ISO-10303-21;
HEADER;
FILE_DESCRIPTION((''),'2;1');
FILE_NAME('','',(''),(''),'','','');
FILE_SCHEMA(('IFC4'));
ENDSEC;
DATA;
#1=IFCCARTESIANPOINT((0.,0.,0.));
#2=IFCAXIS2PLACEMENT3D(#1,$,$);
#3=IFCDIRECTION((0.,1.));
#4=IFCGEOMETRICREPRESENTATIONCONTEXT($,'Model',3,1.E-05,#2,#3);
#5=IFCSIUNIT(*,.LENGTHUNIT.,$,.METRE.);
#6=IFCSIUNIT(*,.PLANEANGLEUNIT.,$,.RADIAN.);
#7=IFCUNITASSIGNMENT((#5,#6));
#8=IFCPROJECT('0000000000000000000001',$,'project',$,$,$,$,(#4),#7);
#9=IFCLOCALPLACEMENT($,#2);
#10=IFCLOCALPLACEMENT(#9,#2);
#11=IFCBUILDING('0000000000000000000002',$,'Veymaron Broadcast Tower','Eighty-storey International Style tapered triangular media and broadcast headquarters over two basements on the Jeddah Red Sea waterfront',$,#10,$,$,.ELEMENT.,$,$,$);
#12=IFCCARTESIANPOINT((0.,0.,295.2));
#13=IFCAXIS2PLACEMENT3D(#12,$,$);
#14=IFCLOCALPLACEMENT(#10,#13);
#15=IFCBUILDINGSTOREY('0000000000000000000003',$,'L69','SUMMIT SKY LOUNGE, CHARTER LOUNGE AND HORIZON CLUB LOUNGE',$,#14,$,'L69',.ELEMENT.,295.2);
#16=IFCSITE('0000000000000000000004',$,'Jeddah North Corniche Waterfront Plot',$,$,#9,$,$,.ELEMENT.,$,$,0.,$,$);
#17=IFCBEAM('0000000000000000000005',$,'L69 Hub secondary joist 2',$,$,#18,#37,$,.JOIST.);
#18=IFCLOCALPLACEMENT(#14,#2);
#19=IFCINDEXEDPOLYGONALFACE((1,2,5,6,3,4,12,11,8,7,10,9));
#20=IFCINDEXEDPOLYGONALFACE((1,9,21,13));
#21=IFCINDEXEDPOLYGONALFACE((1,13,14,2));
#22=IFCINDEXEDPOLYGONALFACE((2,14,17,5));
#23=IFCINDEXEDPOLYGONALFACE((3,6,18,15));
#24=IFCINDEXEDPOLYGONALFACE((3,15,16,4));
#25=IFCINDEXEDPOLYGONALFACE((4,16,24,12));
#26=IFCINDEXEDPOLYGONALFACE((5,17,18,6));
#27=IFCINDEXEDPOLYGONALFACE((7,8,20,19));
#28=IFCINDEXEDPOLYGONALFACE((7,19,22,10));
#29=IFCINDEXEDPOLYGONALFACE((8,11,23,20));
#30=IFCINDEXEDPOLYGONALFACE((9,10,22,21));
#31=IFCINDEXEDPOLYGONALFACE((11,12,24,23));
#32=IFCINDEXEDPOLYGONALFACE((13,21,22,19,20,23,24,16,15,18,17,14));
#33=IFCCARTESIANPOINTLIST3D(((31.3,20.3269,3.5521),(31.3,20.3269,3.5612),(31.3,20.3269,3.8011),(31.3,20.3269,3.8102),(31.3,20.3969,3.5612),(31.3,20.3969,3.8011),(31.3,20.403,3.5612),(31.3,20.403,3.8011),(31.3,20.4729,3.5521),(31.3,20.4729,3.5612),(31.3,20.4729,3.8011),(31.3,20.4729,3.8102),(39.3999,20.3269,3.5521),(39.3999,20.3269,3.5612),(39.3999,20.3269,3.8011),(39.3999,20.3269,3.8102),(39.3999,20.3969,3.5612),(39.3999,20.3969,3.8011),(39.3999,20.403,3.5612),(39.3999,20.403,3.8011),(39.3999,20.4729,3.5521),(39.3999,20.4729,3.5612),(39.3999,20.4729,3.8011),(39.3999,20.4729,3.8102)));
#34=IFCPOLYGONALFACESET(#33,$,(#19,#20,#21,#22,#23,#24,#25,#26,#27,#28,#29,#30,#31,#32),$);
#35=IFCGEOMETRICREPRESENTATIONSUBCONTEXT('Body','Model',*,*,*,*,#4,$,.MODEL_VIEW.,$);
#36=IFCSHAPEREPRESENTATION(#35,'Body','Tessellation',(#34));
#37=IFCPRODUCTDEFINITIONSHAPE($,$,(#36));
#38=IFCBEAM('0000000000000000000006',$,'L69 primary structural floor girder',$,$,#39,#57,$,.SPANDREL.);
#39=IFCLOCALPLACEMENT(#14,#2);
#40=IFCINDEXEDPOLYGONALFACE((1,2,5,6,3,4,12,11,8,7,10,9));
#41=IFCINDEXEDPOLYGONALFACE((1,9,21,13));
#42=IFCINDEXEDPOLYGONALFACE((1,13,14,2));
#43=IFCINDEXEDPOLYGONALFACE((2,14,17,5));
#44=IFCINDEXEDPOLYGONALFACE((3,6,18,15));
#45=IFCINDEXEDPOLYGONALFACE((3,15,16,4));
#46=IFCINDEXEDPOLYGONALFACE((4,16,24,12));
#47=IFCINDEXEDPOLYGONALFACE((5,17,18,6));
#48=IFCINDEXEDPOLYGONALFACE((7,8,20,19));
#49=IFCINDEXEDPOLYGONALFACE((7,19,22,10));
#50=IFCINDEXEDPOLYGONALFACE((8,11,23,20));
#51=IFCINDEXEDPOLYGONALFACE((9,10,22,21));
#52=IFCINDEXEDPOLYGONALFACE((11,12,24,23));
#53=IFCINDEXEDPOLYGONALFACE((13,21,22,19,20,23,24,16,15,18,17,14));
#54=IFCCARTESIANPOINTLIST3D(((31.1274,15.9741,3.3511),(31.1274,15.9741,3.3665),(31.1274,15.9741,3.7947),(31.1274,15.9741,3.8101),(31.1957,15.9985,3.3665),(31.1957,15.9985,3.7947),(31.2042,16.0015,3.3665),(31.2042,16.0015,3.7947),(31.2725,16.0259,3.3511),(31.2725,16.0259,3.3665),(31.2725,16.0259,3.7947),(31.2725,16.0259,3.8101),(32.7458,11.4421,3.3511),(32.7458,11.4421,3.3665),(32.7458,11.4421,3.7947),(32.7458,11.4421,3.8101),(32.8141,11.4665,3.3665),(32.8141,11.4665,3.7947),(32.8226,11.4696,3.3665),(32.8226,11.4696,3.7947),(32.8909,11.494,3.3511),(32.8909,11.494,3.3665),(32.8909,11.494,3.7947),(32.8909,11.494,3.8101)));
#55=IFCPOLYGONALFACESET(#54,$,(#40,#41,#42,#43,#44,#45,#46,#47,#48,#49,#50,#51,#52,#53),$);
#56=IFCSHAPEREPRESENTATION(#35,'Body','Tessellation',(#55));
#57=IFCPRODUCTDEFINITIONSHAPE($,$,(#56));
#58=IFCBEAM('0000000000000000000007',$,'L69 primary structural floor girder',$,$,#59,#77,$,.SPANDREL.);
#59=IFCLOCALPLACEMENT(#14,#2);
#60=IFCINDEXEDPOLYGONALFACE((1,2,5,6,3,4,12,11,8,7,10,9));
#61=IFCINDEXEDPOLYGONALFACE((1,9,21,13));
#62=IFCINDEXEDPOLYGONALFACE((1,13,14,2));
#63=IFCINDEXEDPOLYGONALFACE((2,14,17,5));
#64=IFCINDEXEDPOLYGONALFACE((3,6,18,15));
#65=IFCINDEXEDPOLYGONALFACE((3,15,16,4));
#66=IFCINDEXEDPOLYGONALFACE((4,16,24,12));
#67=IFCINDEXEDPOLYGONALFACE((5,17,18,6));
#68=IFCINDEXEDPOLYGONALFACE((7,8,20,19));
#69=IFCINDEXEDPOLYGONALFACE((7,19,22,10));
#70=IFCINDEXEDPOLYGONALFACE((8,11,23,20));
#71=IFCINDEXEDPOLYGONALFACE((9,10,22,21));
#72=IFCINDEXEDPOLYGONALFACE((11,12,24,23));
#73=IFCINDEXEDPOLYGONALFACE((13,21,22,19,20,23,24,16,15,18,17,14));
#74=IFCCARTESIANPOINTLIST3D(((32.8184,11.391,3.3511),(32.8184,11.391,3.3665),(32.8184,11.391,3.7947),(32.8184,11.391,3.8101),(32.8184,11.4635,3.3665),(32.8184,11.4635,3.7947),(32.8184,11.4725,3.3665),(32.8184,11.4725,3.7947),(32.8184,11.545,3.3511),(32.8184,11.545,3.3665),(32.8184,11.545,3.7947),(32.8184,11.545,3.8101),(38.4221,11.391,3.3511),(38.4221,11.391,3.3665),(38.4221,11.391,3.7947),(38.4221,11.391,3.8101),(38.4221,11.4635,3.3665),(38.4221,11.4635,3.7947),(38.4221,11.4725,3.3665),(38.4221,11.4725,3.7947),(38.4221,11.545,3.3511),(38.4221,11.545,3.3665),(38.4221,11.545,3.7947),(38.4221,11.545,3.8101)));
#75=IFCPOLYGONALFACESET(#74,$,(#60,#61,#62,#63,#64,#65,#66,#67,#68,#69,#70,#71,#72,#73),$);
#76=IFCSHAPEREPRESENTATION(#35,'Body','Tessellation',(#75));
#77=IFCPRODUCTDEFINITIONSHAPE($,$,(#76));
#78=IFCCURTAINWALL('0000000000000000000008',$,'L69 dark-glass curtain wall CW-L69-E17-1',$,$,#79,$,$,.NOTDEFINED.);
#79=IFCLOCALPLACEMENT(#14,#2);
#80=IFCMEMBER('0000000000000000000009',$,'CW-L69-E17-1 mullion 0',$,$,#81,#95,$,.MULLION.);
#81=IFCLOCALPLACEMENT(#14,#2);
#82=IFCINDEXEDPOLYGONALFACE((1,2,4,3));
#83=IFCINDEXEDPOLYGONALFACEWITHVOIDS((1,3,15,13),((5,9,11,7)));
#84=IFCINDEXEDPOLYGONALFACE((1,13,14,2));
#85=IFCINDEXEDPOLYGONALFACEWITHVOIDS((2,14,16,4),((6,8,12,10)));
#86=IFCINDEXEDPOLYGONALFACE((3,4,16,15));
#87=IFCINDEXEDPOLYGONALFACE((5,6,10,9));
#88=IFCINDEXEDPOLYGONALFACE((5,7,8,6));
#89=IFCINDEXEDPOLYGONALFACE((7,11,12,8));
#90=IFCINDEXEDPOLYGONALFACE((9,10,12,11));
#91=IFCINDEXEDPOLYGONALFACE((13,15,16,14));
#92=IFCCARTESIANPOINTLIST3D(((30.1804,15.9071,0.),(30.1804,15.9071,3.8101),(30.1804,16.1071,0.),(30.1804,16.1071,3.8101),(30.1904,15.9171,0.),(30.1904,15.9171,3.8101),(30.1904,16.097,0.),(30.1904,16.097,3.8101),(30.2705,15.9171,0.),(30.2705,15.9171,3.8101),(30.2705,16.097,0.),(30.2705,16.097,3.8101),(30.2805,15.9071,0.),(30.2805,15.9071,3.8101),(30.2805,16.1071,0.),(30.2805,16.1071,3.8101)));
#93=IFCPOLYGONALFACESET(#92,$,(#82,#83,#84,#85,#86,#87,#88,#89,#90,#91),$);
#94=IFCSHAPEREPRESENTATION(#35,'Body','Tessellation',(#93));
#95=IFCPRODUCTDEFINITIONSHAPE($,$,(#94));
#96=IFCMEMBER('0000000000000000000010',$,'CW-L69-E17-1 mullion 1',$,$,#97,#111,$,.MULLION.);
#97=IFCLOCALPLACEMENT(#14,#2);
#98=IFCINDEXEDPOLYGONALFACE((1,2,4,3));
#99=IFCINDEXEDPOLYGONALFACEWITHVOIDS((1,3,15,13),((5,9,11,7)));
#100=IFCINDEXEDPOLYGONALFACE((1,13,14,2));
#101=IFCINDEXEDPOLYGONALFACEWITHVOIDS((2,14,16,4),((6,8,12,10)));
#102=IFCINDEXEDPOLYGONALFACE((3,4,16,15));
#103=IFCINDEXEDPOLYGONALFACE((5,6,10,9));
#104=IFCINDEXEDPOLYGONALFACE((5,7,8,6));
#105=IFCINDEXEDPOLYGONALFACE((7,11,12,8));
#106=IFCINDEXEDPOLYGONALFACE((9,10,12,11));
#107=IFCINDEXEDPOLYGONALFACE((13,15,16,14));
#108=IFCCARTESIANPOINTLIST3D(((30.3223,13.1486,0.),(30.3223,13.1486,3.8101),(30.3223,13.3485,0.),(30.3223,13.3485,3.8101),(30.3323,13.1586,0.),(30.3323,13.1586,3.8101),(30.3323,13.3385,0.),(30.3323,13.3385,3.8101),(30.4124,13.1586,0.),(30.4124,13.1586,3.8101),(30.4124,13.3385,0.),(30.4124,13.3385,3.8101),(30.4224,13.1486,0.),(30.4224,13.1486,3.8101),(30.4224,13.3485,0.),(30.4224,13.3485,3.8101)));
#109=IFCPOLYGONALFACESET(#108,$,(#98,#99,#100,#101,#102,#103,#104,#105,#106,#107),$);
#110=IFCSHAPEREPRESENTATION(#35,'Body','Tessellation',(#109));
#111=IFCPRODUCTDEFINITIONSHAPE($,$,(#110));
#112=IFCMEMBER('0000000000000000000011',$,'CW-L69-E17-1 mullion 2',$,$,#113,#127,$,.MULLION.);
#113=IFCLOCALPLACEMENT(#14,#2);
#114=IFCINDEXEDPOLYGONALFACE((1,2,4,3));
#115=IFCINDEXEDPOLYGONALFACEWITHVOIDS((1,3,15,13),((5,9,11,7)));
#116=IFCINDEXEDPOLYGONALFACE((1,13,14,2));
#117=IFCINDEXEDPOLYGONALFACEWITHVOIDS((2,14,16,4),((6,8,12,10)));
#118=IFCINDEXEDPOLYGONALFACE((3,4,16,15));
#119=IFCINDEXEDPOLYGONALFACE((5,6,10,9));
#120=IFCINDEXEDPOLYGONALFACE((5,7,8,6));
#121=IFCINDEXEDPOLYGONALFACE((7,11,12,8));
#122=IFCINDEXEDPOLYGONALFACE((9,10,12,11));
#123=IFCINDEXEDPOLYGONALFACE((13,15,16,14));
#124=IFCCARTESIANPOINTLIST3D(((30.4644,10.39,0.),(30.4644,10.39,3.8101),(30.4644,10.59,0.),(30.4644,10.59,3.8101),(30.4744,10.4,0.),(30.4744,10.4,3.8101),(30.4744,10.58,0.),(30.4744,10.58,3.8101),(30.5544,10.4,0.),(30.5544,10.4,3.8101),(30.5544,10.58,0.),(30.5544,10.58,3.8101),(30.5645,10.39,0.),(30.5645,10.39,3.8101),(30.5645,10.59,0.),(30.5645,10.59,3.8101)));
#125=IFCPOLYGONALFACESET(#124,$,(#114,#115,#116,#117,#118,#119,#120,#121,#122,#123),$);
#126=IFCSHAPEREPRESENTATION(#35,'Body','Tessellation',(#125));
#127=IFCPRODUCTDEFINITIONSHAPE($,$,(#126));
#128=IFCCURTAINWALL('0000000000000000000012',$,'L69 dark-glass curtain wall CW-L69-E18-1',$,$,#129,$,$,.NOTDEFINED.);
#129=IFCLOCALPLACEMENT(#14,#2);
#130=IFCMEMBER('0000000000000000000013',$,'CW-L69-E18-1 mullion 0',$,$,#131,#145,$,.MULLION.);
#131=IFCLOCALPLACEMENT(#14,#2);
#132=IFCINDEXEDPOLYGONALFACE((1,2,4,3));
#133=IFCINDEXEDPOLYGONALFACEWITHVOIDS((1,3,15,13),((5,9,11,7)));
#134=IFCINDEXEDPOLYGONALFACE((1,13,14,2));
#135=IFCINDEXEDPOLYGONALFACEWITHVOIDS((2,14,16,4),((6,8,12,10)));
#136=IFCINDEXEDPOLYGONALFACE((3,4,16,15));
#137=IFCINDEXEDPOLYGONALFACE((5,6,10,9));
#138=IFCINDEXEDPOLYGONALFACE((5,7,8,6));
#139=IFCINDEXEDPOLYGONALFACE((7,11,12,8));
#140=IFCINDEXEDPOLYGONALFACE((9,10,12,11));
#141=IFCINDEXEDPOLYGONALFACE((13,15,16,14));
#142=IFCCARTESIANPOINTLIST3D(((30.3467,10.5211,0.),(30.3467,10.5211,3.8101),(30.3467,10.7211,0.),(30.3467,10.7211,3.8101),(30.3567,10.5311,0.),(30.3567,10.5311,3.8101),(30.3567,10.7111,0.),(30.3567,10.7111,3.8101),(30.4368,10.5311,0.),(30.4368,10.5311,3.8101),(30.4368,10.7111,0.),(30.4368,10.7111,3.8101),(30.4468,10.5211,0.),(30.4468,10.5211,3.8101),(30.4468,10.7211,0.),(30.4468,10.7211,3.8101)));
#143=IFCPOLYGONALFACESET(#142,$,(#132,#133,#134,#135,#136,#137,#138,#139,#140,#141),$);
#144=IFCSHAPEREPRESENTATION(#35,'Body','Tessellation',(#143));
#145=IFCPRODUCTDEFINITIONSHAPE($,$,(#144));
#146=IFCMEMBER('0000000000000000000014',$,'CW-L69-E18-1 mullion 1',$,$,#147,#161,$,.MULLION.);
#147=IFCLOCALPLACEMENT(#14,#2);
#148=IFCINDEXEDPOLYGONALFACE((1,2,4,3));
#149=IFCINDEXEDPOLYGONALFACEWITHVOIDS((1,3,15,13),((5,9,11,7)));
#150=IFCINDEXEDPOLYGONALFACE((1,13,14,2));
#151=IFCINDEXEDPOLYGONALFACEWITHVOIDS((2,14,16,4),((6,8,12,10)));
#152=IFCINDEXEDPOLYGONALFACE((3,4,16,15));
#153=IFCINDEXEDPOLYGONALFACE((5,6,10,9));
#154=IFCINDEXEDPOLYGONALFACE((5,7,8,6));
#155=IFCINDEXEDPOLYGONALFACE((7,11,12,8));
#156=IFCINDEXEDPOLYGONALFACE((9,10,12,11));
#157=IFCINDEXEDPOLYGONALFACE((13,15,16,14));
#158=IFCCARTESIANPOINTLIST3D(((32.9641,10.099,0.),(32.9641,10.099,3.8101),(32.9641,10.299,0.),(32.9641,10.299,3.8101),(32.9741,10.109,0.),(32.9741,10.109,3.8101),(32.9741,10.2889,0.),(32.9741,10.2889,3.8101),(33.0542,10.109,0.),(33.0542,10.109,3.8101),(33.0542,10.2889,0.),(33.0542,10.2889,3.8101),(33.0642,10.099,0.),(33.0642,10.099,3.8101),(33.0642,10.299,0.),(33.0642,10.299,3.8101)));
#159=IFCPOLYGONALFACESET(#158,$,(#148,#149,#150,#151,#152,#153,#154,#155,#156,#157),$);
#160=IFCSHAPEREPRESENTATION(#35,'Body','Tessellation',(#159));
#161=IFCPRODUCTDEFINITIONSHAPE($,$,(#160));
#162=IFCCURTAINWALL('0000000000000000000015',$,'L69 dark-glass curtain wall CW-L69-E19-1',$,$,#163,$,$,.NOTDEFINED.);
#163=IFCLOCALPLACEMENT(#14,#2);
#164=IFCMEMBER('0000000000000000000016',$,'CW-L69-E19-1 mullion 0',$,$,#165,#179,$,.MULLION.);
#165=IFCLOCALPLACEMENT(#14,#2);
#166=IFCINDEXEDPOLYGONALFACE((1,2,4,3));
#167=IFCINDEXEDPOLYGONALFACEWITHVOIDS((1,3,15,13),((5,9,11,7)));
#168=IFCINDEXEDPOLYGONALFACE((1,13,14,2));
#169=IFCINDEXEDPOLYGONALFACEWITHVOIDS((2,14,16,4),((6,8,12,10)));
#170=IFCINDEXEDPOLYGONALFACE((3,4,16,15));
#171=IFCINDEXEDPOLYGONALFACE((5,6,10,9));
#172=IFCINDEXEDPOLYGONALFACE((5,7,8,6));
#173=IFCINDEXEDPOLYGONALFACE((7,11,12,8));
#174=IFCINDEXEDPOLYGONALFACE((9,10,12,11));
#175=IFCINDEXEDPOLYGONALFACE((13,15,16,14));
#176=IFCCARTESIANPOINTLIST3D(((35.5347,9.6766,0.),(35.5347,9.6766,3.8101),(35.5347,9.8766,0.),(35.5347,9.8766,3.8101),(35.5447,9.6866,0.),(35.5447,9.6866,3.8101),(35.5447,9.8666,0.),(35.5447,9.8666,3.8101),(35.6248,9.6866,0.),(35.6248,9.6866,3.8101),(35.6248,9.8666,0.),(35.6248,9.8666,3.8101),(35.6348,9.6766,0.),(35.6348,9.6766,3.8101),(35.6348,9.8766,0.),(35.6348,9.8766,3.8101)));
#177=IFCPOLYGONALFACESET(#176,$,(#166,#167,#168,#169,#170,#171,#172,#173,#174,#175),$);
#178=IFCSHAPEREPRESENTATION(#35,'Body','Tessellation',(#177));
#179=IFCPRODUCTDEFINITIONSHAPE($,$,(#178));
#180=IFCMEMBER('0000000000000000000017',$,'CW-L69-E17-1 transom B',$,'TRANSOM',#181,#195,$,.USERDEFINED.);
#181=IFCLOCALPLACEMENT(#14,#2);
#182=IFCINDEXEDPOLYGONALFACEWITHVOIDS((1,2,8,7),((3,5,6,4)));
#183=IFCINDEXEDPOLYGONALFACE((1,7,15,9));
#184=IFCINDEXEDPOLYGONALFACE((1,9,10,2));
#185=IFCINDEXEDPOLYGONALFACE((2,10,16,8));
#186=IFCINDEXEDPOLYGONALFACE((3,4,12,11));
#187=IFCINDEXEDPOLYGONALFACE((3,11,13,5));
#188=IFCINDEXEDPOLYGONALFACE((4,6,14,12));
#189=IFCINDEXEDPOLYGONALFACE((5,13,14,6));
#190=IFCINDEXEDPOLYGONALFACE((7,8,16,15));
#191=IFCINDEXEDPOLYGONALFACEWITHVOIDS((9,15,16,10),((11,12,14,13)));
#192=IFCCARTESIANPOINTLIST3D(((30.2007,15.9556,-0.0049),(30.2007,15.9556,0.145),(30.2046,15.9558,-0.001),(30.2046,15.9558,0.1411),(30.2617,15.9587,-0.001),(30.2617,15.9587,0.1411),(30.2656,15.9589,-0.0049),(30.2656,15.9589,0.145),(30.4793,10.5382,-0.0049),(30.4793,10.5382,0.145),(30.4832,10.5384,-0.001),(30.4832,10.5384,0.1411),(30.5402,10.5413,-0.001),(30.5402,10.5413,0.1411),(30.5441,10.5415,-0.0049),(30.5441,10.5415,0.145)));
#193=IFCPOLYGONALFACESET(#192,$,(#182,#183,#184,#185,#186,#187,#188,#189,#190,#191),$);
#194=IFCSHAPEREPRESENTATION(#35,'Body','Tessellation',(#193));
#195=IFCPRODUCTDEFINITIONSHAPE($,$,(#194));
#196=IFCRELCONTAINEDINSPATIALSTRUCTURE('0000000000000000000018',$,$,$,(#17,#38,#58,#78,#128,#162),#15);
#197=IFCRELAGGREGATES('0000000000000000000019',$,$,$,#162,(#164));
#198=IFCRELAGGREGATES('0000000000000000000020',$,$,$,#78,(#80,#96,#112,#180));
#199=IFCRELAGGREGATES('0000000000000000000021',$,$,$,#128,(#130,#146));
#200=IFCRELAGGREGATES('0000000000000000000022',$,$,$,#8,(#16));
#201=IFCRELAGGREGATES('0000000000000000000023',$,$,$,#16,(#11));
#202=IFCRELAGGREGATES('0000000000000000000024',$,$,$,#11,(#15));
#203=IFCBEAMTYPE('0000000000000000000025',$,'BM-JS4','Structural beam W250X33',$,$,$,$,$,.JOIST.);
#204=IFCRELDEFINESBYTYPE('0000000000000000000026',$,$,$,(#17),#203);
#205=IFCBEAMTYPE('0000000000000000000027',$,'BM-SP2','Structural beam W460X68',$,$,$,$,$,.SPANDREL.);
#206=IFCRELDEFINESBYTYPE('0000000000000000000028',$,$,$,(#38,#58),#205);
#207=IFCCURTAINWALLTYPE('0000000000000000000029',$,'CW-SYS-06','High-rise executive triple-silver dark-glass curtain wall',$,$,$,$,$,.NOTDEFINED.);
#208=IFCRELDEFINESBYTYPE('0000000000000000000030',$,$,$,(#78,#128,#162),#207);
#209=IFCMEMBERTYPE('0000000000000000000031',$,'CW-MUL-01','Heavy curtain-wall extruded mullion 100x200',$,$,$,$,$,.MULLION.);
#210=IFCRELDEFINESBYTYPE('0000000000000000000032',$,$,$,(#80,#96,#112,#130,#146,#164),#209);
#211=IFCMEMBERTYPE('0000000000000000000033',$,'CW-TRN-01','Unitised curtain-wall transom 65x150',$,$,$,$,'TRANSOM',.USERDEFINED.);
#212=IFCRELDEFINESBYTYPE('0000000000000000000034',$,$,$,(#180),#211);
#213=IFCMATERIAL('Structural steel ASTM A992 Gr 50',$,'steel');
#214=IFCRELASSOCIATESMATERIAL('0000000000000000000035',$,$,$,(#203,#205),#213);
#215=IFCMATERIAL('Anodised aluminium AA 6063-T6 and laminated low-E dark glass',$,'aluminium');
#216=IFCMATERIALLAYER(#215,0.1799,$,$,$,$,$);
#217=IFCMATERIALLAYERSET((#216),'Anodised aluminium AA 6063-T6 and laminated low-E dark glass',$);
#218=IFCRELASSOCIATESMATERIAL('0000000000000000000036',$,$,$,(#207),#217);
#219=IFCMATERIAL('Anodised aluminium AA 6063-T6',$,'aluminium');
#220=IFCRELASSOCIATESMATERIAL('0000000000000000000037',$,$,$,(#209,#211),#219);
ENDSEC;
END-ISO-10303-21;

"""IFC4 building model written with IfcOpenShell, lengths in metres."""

from ifc_helpers import new_model, si_unit, direction, frame, origin, origin_2d, place, context, subcontext, project, spatial, hollow_rectangle, i_section, extrude, material, layer, layer_set, material_profile, profile_set, type_object, element, aggregate, save


model = new_model("IFC4")

# Units and contexts
model_context = context("Model", 3, precision=1e-05, world=origin(), true_north=direction((0.0, 1.0)))
body_context = subcontext(model_context, "Body", "Model", "MODEL_VIEW")
ifc_project = project(units=[si_unit("LENGTHUNIT", "METRE"), si_unit("PLANEANGLEUNIT", "RADIAN")], contexts=[model_context])

# Site, building, storey
site_placement = place(None, origin())
site = spatial("IfcSite", under=ifc_project, at=site_placement, Name="Jeddah North Corniche Waterfront Plot", CompositionType="ELEMENT", RefElevation=0.0)
building_placement = place(site_placement, origin())
building = spatial("IfcBuilding", under=site, at=building_placement, Name="Veymaron Broadcast Tower", Description="Eighty-storey International Style tapered triangular media and broadcast headquarters over two basements on the Jeddah Red Sea waterfront", CompositionType="ELEMENT")
storey_placement = place(building_placement, frame((0.0, 0.0, 295.2)))
storey = spatial("IfcBuildingStorey", under=building, at=storey_placement, Name="L69", Description="SUMMIT SKY LOUNGE, CHARTER LOUNGE AND HORIZON CLUB LOUNGE", LongName="L69", CompositionType="ELEMENT", Elevation=295.2)

# Shared definitions
ifc_material_1 = material(Name="Structural steel ASTM A992 Gr 50", Category="steel")

# Beams
ifc_material_profile_1 = material_profile(ifc_material_1, i_section(OverallWidth=0.146, OverallDepth=0.2581, WebThickness=0.0061, FlangeThickness=0.009, at=origin_2d()), Name="W250X33")
ifc_profile_set_1 = profile_set([ifc_material_profile_1], Name="Structural steel ASTM A992 Gr 50")
beam_type_1 = type_object("IfcBeamType", Name="BM-JS4", Description="Structural beam W250X33", PredefinedType="JOIST", material=ifc_profile_set_1)
for number, where, z_axis, x_axis, name in (
    (1, (31.3, 20.3999, 3.6812), (1.0, 0.0, 0.0), (0.0, 1.0, 0.0), "L69 Hub secondary joist 2"),
):
    element("IfcBeam", number, at=place(storey_placement, frame(where, z_axis=z_axis, x_axis=x_axis)), inside=storey, type_object=beam_type_1, Name=name, PredefinedType="JOIST", context=body_context, shape_type="SweptSolid", body=[
        extrude(i_section(OverallWidth=0.146, OverallDepth=0.2581, WebThickness=0.0061, FlangeThickness=0.009, at=origin_2d()), origin(), (0.0, 0.0, 1.0), 8.0999),
    ])
ifc_material_profile_2 = material_profile(ifc_material_1, i_section(OverallWidth=0.1541, OverallDepth=0.459, WebThickness=0.009, FlangeThickness=0.0154, at=origin_2d()), Name="W460X68")
ifc_profile_set_2 = profile_set([ifc_material_profile_2], Name="Structural steel ASTM A992 Gr 50")
beam_type_2 = type_object("IfcBeamType", Name="BM-SP2", Description="Structural beam W460X68", PredefinedType="SPANDREL", material=ifc_profile_set_2)
beam_1_placement = place(storey_placement, frame((31.2, 16.0, 3.5806), z_axis=(0.336307, -0.941752, 0.0), x_axis=(0.941752, 0.336307, 0.0)))
element("IfcBeam", 2, at=beam_1_placement, inside=storey, type_object=beam_type_2, Name="L69 primary structural floor girder", PredefinedType="SPANDREL", context=body_context, shape_type="SweptSolid", body=[
    extrude(i_section(OverallWidth=0.1541, OverallDepth=0.459, WebThickness=0.009, FlangeThickness=0.0154, at=origin_2d()), origin(), (0.0, 0.0, 1.0), 4.8123),
])
beam_2_placement = place(storey_placement, frame((32.8184, 11.468, 3.5806), z_axis=(1.0, 0.0, 0.0), x_axis=(0.0, 1.0, 0.0)))
element("IfcBeam", 3, at=beam_2_placement, inside=storey, type_object=beam_type_2, Name="L69 primary structural floor girder", PredefinedType="SPANDREL", context=body_context, shape_type="SweptSolid", body=[
    extrude(i_section(OverallWidth=0.1541, OverallDepth=0.459, WebThickness=0.009, FlangeThickness=0.0154, at=origin_2d()), origin(), (0.0, 0.0, 1.0), 5.6038),
])

# Curtain walls, members
ifc_material_2 = material(Name="Anodised aluminium AA 6063-T6 and laminated low-E dark glass", Category="aluminium")
ifc_layer_1 = layer(ifc_material_2, 0.1799)
ifc_layer_set_1 = layer_set([ifc_layer_1], Name="Anodised aluminium AA 6063-T6 and laminated low-E dark glass")
curtain_wall_type = type_object("IfcCurtainWallType", Name="CW-SYS-06", Description="High-rise executive triple-silver dark-glass curtain wall", PredefinedType="NOTDEFINED", material=ifc_layer_set_1)
curtain_wall_1_placement = place(storey_placement, origin())
curtain_wall_1 = element("IfcCurtainWall", 4, at=curtain_wall_1_placement, inside=storey, type_object=curtain_wall_type, Name="L69 dark-glass curtain wall CW-L69-E17-1", PredefinedType="NOTDEFINED")
ifc_material_3 = material(Name="Anodised aluminium AA 6063-T6", Category="aluminium")
ifc_material_profile_3 = material_profile(ifc_material_3, hollow_rectangle(XDim=0.1001, YDim=0.2, WallThickness=0.01, at=origin_2d()), Name="RHS200X100X10")
ifc_profile_set_3 = profile_set([ifc_material_profile_3], Name="Anodised aluminium AA 6063-T6")
member_type_1 = type_object("IfcMemberType", Name="CW-MUL-01", Description="Heavy curtain-wall extruded mullion 100x200", PredefinedType="MULLION", material=ifc_profile_set_3)
member_1_placement = place(storey_placement, frame((30.2305, 16.0071, 0.0), z_axis=(0.0, 0.0, 1.0), x_axis=(1.0, 0.0, 0.0)))
member_1 = element("IfcMember", 5, at=member_1_placement, type_object=member_type_1, Name="CW-L69-E17-1 mullion 0", PredefinedType="MULLION", context=body_context, shape_type="SweptSolid", body=[
    extrude(hollow_rectangle(XDim=0.1001, YDim=0.2, WallThickness=0.01, at=origin_2d()), origin(), (0.0, 0.0, 1.0), 3.8101),
])
member_2_placement = place(storey_placement, frame((30.3723, 13.2485, 0.0), z_axis=(0.0, 0.0, 1.0), x_axis=(1.0, 0.0, 0.0)))
member_2 = element("IfcMember", 6, at=member_2_placement, type_object=member_type_1, Name="CW-L69-E17-1 mullion 1", PredefinedType="MULLION", context=body_context, shape_type="SweptSolid", body=[
    extrude(hollow_rectangle(XDim=0.1001, YDim=0.2, WallThickness=0.01, at=origin_2d()), origin(), (0.0, 0.0, 1.0), 3.8101),
])
member_3_placement = place(storey_placement, frame((30.5144, 10.49, 0.0), z_axis=(0.0, 0.0, 1.0), x_axis=(1.0, 0.0, 0.0)))
member_3 = element("IfcMember", 7, at=member_3_placement, type_object=member_type_1, Name="CW-L69-E17-1 mullion 2", PredefinedType="MULLION", context=body_context, shape_type="SweptSolid", body=[
    extrude(hollow_rectangle(XDim=0.1001, YDim=0.2, WallThickness=0.01, at=origin_2d()), origin(), (0.0, 0.0, 1.0), 3.8101),
])
curtain_wall_2_placement = place(storey_placement, origin())
curtain_wall_2 = element("IfcCurtainWall", 8, at=curtain_wall_2_placement, inside=storey, type_object=curtain_wall_type, Name="L69 dark-glass curtain wall CW-L69-E18-1", PredefinedType="NOTDEFINED")
member_4_placement = place(storey_placement, frame((30.3967, 10.6211, 0.0), z_axis=(0.0, 0.0, 1.0), x_axis=(1.0, 0.0, 0.0)))
member_4 = element("IfcMember", 9, at=member_4_placement, type_object=member_type_1, Name="CW-L69-E18-1 mullion 0", PredefinedType="MULLION", context=body_context, shape_type="SweptSolid", body=[
    extrude(hollow_rectangle(XDim=0.1001, YDim=0.2, WallThickness=0.01, at=origin_2d()), origin(), (0.0, 0.0, 1.0), 3.8101),
])
member_5_placement = place(storey_placement, frame((33.0142, 10.199, 0.0), z_axis=(0.0, 0.0, 1.0), x_axis=(1.0, 0.0, 0.0)))
member_5 = element("IfcMember", 10, at=member_5_placement, type_object=member_type_1, Name="CW-L69-E18-1 mullion 1", PredefinedType="MULLION", context=body_context, shape_type="SweptSolid", body=[
    extrude(hollow_rectangle(XDim=0.1001, YDim=0.2, WallThickness=0.01, at=origin_2d()), origin(), (0.0, 0.0, 1.0), 3.8101),
])

# Curtain wall, member
curtain_wall_3_placement = place(storey_placement, origin())
curtain_wall_3 = element("IfcCurtainWall", 11, at=curtain_wall_3_placement, inside=storey, type_object=curtain_wall_type, Name="L69 dark-glass curtain wall CW-L69-E19-1", PredefinedType="NOTDEFINED")
member_6_placement = place(storey_placement, frame((35.5847, 9.7766, 0.0), z_axis=(0.0, 0.0, 1.0), x_axis=(1.0, 0.0, 0.0)))
member_6 = element("IfcMember", 12, at=member_6_placement, type_object=member_type_1, Name="CW-L69-E19-1 mullion 0", PredefinedType="MULLION", context=body_context, shape_type="SweptSolid", body=[
    extrude(hollow_rectangle(XDim=0.1001, YDim=0.2, WallThickness=0.01, at=origin_2d()), origin(), (0.0, 0.0, 1.0), 3.8101),
])
aggregate(curtain_wall_3, [member_6])

# Member
ifc_material_profile_4 = material_profile(ifc_material_3, hollow_rectangle(XDim=0.0649, YDim=0.1499, WallThickness=0.0039, at=origin_2d()), Name="AL150X65X4")
ifc_profile_set_4 = profile_set([ifc_material_profile_4], Name="Anodised aluminium AA 6063-T6")
member_type_2 = type_object("IfcMemberType", Name="CW-TRN-01", Description="Unitised curtain-wall transom 65x150", ElementType="TRANSOM", PredefinedType="USERDEFINED", material=ifc_profile_set_4)
member_7_placement = place(storey_placement, frame((30.2332, 15.9573, 0.0701), z_axis=(0.051352, -0.998681, 0.0), x_axis=(0.998681, 0.051352, 0.0)))
member_7 = element("IfcMember", 13, at=member_7_placement, type_object=member_type_2, Name="CW-L69-E17-1 transom B", ObjectType="TRANSOM", PredefinedType="USERDEFINED", context=body_context, shape_type="SweptSolid", body=[
    extrude(hollow_rectangle(XDim=0.0649, YDim=0.1499, WallThickness=0.0039, at=origin_2d()), origin(), (0.0, 0.0, 1.0), 5.4246),
])

aggregate(curtain_wall_1, [member_1, member_2, member_3, member_7])
aggregate(curtain_wall_2, [member_4, member_5])

save(model, "model.ifc")
